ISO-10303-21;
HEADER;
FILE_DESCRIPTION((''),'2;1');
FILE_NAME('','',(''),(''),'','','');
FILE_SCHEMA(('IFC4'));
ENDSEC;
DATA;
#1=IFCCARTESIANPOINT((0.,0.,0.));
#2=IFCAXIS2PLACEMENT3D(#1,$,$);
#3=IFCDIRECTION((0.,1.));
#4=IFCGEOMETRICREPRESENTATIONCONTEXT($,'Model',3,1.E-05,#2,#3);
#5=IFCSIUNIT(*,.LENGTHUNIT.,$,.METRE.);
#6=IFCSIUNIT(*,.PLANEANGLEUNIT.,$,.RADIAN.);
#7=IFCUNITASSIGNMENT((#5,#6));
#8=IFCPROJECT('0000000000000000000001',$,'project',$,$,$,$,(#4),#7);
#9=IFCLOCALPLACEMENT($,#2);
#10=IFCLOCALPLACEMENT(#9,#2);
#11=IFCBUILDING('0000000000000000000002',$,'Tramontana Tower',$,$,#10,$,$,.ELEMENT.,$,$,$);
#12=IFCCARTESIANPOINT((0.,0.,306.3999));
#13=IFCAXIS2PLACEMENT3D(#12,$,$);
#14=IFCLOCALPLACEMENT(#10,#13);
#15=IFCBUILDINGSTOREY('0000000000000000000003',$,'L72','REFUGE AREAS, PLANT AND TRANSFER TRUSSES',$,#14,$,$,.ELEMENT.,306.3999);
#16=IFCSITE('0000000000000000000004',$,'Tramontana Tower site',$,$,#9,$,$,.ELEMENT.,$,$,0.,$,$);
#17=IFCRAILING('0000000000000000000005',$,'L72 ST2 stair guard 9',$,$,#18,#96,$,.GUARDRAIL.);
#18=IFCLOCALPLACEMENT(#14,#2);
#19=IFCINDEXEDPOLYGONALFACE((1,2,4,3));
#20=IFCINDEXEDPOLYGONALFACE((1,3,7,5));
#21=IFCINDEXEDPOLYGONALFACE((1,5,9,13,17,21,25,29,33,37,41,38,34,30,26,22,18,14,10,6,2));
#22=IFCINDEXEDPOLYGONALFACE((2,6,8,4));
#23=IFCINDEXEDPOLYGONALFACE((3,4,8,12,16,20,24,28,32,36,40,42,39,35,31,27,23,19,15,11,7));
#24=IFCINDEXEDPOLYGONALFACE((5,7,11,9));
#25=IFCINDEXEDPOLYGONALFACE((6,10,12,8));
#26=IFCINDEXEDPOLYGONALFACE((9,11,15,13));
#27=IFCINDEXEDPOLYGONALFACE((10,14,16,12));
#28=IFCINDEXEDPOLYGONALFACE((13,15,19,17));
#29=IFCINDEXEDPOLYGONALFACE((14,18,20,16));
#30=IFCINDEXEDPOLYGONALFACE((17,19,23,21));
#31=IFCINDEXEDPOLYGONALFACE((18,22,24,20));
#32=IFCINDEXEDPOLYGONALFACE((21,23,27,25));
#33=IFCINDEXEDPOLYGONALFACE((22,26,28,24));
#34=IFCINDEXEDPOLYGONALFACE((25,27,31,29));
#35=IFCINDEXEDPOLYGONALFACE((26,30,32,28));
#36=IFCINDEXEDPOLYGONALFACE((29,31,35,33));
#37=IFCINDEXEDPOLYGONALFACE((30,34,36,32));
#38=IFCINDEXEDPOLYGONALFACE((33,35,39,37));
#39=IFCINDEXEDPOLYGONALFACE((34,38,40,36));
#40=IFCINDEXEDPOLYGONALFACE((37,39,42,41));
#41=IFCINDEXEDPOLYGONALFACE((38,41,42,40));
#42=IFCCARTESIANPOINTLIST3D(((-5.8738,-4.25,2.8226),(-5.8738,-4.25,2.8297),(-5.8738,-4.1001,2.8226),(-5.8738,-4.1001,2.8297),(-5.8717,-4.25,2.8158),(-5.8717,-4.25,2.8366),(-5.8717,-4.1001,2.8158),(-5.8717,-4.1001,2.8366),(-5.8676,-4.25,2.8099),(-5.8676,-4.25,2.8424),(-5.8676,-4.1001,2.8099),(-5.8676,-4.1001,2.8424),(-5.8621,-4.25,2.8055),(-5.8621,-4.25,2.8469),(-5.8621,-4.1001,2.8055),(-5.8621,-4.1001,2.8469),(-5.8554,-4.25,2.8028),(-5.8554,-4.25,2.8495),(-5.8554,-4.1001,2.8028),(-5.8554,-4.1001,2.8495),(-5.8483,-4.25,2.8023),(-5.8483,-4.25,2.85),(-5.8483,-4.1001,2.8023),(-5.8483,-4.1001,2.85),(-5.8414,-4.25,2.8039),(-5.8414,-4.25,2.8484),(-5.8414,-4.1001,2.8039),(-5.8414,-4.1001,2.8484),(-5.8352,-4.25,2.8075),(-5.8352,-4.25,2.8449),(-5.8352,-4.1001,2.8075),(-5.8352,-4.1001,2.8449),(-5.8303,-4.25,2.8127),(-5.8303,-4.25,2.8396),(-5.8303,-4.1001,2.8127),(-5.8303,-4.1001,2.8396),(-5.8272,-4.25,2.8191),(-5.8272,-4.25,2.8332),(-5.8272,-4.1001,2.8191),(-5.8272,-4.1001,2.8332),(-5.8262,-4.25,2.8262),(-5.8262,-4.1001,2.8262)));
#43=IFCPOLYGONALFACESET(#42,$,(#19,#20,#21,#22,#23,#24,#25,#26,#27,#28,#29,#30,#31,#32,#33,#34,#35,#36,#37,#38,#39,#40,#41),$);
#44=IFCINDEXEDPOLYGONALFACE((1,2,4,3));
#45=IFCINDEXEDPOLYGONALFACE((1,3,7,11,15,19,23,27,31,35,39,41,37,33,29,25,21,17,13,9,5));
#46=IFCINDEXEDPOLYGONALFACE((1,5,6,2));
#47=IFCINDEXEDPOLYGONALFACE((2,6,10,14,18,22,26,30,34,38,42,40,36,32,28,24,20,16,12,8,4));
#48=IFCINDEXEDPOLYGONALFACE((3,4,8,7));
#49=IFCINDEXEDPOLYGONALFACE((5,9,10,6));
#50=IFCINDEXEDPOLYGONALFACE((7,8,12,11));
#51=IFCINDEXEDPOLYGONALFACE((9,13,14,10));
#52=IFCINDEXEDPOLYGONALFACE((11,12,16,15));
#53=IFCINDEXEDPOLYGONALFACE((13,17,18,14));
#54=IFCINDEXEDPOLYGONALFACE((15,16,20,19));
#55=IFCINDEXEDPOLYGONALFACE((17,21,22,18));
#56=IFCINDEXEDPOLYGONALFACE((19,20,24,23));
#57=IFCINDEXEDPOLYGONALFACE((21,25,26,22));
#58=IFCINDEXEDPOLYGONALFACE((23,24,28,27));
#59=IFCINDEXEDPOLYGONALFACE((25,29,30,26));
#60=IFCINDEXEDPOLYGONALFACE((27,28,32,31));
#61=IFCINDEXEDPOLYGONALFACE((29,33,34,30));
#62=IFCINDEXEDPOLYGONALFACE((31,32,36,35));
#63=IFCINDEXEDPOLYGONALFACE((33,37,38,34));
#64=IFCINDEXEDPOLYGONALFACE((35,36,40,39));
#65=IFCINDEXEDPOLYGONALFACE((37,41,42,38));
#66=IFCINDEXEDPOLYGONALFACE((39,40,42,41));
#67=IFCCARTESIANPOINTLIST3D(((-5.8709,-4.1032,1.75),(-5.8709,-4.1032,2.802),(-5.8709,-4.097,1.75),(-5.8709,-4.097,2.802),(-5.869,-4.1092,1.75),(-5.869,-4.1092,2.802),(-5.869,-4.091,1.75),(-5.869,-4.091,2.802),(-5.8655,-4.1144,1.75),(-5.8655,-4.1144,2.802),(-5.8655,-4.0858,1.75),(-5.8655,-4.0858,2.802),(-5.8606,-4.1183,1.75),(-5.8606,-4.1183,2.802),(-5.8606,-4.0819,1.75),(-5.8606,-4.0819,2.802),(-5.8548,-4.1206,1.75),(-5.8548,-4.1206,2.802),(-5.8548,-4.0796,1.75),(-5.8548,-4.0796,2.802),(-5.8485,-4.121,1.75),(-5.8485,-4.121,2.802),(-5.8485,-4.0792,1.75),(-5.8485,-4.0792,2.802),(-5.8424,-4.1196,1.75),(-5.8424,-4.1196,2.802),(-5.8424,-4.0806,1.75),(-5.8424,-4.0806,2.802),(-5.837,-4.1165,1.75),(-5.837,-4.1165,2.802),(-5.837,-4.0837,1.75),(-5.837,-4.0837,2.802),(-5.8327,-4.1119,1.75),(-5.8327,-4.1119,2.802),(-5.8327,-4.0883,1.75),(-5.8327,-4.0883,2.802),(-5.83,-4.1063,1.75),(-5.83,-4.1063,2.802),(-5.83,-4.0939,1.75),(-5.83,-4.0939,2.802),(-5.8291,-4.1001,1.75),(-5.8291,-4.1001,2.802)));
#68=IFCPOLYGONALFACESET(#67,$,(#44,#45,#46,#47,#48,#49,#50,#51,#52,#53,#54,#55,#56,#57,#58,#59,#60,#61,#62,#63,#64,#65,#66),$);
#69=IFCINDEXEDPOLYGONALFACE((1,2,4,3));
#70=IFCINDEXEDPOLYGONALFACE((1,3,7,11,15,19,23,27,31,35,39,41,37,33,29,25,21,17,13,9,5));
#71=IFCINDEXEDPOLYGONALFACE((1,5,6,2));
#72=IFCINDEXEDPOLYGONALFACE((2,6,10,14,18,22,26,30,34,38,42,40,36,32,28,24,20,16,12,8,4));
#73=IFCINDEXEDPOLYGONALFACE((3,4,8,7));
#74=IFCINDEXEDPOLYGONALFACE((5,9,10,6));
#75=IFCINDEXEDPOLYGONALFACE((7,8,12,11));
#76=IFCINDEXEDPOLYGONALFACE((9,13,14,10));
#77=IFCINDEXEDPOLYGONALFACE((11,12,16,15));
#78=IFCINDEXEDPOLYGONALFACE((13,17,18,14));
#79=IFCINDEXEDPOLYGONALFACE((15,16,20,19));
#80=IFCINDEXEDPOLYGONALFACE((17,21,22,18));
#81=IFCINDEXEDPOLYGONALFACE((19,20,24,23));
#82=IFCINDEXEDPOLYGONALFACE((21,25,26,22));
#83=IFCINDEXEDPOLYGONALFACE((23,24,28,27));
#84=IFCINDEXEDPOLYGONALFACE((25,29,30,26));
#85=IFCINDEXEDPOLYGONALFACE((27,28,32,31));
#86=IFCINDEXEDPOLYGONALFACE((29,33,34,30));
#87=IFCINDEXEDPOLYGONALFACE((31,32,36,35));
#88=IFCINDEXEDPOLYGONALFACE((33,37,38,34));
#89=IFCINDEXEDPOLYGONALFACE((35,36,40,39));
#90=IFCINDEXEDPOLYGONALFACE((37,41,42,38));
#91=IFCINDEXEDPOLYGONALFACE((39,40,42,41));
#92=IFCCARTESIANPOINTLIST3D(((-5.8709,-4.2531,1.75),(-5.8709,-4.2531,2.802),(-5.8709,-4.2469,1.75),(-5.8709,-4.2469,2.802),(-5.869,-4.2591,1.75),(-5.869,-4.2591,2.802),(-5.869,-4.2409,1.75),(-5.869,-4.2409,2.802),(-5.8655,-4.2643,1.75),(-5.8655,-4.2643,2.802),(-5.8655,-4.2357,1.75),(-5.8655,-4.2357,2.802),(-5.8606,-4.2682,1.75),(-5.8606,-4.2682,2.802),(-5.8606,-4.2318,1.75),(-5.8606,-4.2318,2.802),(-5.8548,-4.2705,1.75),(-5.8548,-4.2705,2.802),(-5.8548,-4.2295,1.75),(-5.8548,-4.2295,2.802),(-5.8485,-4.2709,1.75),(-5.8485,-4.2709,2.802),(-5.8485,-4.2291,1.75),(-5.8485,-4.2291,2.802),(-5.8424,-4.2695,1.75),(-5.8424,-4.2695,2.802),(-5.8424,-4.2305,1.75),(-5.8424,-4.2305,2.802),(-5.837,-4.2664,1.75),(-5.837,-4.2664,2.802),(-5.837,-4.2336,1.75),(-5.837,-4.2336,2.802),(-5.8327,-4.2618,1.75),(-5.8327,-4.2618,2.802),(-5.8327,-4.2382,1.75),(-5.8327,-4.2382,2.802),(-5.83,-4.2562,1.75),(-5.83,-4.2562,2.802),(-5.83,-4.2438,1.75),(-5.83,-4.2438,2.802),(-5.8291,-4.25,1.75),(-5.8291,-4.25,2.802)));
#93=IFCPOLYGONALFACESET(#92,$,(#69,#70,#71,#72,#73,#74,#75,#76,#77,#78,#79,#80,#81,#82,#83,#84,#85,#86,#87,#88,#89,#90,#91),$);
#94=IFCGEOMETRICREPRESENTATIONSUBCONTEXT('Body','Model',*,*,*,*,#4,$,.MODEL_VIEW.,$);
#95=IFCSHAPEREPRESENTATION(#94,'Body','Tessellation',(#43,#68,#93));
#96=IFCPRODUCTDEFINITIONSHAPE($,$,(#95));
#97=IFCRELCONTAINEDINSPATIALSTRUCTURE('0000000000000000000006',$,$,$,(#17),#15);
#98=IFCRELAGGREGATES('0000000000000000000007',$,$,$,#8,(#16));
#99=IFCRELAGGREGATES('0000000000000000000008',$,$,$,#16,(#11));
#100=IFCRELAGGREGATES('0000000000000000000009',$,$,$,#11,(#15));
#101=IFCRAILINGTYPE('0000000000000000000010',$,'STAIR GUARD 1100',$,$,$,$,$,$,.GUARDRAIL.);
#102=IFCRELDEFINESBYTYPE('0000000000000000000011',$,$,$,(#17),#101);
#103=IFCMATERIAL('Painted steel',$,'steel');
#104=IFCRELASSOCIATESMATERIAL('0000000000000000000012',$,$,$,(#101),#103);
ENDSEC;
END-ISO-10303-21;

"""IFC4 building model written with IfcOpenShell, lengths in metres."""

from ifc_helpers import new_model, si_unit, direction, frame, origin, origin_2d, place, context, subcontext, project, spatial, circle, extrude, material, type_object, element, save


model = new_model("IFC4")

# Units and contexts
model_context = context("Model", 3, precision=1e-05, world=origin(), true_north=direction((0.0, 1.0)))
body_context = subcontext(model_context, "Body", "Model", "MODEL_VIEW")
ifc_project = project(units=[si_unit("LENGTHUNIT", "METRE"), si_unit("PLANEANGLEUNIT", "RADIAN")], contexts=[model_context])

# Site, building, storey
site_placement = place(None, origin())
site = spatial("IfcSite", under=ifc_project, at=site_placement, Name="Tramontana Tower site", CompositionType="ELEMENT", RefElevation=0.0)
building_placement = place(site_placement, origin())
building = spatial("IfcBuilding", under=site, at=building_placement, Name="Tramontana Tower", CompositionType="ELEMENT")
storey_placement = place(building_placement, frame((0.0, 0.0, 306.3999)))
storey = spatial("IfcBuildingStorey", under=building, at=storey_placement, Name="L72", Description="REFUGE AREAS, PLANT AND TRANSFER TRUSSES", CompositionType="ELEMENT", Elevation=306.3999)

# Railing
ifc_material_1 = material(Name="Painted steel", Category="steel")
railing_type_1 = type_object("IfcRailingType", Name="STAIR GUARD 1100", PredefinedType="GUARDRAIL", material=ifc_material_1)
railing_1_placement = place(storey_placement, frame((-5.8501, -4.1001, 1.75)))
element("IfcRailing", 1, at=railing_1_placement, inside=storey, type_object=railing_type_1, Name="L72 ST2 stair guard 9", PredefinedType="GUARDRAIL", context=body_context, shape_type="SweptSolid", body=[
    extrude(circle(Radius=0.0239, at=origin_2d()), frame((0.0, 0.0, 1.0762), z_axis=(0.0, -1.0, 0.0), x_axis=(1.0, 0.0, 0.0)), (0.0, 0.0, 1.0), 0.1499),
    extrude(circle(Radius=0.021, at=origin_2d()), origin(), (0.0, 0.0, 1.0), 1.052),
    extrude(circle(Radius=0.021, at=origin_2d()), frame((0.0, -0.1499, 0.0)), (0.0, 0.0, 1.0), 1.052),
])

save(model, "model.ifc")
